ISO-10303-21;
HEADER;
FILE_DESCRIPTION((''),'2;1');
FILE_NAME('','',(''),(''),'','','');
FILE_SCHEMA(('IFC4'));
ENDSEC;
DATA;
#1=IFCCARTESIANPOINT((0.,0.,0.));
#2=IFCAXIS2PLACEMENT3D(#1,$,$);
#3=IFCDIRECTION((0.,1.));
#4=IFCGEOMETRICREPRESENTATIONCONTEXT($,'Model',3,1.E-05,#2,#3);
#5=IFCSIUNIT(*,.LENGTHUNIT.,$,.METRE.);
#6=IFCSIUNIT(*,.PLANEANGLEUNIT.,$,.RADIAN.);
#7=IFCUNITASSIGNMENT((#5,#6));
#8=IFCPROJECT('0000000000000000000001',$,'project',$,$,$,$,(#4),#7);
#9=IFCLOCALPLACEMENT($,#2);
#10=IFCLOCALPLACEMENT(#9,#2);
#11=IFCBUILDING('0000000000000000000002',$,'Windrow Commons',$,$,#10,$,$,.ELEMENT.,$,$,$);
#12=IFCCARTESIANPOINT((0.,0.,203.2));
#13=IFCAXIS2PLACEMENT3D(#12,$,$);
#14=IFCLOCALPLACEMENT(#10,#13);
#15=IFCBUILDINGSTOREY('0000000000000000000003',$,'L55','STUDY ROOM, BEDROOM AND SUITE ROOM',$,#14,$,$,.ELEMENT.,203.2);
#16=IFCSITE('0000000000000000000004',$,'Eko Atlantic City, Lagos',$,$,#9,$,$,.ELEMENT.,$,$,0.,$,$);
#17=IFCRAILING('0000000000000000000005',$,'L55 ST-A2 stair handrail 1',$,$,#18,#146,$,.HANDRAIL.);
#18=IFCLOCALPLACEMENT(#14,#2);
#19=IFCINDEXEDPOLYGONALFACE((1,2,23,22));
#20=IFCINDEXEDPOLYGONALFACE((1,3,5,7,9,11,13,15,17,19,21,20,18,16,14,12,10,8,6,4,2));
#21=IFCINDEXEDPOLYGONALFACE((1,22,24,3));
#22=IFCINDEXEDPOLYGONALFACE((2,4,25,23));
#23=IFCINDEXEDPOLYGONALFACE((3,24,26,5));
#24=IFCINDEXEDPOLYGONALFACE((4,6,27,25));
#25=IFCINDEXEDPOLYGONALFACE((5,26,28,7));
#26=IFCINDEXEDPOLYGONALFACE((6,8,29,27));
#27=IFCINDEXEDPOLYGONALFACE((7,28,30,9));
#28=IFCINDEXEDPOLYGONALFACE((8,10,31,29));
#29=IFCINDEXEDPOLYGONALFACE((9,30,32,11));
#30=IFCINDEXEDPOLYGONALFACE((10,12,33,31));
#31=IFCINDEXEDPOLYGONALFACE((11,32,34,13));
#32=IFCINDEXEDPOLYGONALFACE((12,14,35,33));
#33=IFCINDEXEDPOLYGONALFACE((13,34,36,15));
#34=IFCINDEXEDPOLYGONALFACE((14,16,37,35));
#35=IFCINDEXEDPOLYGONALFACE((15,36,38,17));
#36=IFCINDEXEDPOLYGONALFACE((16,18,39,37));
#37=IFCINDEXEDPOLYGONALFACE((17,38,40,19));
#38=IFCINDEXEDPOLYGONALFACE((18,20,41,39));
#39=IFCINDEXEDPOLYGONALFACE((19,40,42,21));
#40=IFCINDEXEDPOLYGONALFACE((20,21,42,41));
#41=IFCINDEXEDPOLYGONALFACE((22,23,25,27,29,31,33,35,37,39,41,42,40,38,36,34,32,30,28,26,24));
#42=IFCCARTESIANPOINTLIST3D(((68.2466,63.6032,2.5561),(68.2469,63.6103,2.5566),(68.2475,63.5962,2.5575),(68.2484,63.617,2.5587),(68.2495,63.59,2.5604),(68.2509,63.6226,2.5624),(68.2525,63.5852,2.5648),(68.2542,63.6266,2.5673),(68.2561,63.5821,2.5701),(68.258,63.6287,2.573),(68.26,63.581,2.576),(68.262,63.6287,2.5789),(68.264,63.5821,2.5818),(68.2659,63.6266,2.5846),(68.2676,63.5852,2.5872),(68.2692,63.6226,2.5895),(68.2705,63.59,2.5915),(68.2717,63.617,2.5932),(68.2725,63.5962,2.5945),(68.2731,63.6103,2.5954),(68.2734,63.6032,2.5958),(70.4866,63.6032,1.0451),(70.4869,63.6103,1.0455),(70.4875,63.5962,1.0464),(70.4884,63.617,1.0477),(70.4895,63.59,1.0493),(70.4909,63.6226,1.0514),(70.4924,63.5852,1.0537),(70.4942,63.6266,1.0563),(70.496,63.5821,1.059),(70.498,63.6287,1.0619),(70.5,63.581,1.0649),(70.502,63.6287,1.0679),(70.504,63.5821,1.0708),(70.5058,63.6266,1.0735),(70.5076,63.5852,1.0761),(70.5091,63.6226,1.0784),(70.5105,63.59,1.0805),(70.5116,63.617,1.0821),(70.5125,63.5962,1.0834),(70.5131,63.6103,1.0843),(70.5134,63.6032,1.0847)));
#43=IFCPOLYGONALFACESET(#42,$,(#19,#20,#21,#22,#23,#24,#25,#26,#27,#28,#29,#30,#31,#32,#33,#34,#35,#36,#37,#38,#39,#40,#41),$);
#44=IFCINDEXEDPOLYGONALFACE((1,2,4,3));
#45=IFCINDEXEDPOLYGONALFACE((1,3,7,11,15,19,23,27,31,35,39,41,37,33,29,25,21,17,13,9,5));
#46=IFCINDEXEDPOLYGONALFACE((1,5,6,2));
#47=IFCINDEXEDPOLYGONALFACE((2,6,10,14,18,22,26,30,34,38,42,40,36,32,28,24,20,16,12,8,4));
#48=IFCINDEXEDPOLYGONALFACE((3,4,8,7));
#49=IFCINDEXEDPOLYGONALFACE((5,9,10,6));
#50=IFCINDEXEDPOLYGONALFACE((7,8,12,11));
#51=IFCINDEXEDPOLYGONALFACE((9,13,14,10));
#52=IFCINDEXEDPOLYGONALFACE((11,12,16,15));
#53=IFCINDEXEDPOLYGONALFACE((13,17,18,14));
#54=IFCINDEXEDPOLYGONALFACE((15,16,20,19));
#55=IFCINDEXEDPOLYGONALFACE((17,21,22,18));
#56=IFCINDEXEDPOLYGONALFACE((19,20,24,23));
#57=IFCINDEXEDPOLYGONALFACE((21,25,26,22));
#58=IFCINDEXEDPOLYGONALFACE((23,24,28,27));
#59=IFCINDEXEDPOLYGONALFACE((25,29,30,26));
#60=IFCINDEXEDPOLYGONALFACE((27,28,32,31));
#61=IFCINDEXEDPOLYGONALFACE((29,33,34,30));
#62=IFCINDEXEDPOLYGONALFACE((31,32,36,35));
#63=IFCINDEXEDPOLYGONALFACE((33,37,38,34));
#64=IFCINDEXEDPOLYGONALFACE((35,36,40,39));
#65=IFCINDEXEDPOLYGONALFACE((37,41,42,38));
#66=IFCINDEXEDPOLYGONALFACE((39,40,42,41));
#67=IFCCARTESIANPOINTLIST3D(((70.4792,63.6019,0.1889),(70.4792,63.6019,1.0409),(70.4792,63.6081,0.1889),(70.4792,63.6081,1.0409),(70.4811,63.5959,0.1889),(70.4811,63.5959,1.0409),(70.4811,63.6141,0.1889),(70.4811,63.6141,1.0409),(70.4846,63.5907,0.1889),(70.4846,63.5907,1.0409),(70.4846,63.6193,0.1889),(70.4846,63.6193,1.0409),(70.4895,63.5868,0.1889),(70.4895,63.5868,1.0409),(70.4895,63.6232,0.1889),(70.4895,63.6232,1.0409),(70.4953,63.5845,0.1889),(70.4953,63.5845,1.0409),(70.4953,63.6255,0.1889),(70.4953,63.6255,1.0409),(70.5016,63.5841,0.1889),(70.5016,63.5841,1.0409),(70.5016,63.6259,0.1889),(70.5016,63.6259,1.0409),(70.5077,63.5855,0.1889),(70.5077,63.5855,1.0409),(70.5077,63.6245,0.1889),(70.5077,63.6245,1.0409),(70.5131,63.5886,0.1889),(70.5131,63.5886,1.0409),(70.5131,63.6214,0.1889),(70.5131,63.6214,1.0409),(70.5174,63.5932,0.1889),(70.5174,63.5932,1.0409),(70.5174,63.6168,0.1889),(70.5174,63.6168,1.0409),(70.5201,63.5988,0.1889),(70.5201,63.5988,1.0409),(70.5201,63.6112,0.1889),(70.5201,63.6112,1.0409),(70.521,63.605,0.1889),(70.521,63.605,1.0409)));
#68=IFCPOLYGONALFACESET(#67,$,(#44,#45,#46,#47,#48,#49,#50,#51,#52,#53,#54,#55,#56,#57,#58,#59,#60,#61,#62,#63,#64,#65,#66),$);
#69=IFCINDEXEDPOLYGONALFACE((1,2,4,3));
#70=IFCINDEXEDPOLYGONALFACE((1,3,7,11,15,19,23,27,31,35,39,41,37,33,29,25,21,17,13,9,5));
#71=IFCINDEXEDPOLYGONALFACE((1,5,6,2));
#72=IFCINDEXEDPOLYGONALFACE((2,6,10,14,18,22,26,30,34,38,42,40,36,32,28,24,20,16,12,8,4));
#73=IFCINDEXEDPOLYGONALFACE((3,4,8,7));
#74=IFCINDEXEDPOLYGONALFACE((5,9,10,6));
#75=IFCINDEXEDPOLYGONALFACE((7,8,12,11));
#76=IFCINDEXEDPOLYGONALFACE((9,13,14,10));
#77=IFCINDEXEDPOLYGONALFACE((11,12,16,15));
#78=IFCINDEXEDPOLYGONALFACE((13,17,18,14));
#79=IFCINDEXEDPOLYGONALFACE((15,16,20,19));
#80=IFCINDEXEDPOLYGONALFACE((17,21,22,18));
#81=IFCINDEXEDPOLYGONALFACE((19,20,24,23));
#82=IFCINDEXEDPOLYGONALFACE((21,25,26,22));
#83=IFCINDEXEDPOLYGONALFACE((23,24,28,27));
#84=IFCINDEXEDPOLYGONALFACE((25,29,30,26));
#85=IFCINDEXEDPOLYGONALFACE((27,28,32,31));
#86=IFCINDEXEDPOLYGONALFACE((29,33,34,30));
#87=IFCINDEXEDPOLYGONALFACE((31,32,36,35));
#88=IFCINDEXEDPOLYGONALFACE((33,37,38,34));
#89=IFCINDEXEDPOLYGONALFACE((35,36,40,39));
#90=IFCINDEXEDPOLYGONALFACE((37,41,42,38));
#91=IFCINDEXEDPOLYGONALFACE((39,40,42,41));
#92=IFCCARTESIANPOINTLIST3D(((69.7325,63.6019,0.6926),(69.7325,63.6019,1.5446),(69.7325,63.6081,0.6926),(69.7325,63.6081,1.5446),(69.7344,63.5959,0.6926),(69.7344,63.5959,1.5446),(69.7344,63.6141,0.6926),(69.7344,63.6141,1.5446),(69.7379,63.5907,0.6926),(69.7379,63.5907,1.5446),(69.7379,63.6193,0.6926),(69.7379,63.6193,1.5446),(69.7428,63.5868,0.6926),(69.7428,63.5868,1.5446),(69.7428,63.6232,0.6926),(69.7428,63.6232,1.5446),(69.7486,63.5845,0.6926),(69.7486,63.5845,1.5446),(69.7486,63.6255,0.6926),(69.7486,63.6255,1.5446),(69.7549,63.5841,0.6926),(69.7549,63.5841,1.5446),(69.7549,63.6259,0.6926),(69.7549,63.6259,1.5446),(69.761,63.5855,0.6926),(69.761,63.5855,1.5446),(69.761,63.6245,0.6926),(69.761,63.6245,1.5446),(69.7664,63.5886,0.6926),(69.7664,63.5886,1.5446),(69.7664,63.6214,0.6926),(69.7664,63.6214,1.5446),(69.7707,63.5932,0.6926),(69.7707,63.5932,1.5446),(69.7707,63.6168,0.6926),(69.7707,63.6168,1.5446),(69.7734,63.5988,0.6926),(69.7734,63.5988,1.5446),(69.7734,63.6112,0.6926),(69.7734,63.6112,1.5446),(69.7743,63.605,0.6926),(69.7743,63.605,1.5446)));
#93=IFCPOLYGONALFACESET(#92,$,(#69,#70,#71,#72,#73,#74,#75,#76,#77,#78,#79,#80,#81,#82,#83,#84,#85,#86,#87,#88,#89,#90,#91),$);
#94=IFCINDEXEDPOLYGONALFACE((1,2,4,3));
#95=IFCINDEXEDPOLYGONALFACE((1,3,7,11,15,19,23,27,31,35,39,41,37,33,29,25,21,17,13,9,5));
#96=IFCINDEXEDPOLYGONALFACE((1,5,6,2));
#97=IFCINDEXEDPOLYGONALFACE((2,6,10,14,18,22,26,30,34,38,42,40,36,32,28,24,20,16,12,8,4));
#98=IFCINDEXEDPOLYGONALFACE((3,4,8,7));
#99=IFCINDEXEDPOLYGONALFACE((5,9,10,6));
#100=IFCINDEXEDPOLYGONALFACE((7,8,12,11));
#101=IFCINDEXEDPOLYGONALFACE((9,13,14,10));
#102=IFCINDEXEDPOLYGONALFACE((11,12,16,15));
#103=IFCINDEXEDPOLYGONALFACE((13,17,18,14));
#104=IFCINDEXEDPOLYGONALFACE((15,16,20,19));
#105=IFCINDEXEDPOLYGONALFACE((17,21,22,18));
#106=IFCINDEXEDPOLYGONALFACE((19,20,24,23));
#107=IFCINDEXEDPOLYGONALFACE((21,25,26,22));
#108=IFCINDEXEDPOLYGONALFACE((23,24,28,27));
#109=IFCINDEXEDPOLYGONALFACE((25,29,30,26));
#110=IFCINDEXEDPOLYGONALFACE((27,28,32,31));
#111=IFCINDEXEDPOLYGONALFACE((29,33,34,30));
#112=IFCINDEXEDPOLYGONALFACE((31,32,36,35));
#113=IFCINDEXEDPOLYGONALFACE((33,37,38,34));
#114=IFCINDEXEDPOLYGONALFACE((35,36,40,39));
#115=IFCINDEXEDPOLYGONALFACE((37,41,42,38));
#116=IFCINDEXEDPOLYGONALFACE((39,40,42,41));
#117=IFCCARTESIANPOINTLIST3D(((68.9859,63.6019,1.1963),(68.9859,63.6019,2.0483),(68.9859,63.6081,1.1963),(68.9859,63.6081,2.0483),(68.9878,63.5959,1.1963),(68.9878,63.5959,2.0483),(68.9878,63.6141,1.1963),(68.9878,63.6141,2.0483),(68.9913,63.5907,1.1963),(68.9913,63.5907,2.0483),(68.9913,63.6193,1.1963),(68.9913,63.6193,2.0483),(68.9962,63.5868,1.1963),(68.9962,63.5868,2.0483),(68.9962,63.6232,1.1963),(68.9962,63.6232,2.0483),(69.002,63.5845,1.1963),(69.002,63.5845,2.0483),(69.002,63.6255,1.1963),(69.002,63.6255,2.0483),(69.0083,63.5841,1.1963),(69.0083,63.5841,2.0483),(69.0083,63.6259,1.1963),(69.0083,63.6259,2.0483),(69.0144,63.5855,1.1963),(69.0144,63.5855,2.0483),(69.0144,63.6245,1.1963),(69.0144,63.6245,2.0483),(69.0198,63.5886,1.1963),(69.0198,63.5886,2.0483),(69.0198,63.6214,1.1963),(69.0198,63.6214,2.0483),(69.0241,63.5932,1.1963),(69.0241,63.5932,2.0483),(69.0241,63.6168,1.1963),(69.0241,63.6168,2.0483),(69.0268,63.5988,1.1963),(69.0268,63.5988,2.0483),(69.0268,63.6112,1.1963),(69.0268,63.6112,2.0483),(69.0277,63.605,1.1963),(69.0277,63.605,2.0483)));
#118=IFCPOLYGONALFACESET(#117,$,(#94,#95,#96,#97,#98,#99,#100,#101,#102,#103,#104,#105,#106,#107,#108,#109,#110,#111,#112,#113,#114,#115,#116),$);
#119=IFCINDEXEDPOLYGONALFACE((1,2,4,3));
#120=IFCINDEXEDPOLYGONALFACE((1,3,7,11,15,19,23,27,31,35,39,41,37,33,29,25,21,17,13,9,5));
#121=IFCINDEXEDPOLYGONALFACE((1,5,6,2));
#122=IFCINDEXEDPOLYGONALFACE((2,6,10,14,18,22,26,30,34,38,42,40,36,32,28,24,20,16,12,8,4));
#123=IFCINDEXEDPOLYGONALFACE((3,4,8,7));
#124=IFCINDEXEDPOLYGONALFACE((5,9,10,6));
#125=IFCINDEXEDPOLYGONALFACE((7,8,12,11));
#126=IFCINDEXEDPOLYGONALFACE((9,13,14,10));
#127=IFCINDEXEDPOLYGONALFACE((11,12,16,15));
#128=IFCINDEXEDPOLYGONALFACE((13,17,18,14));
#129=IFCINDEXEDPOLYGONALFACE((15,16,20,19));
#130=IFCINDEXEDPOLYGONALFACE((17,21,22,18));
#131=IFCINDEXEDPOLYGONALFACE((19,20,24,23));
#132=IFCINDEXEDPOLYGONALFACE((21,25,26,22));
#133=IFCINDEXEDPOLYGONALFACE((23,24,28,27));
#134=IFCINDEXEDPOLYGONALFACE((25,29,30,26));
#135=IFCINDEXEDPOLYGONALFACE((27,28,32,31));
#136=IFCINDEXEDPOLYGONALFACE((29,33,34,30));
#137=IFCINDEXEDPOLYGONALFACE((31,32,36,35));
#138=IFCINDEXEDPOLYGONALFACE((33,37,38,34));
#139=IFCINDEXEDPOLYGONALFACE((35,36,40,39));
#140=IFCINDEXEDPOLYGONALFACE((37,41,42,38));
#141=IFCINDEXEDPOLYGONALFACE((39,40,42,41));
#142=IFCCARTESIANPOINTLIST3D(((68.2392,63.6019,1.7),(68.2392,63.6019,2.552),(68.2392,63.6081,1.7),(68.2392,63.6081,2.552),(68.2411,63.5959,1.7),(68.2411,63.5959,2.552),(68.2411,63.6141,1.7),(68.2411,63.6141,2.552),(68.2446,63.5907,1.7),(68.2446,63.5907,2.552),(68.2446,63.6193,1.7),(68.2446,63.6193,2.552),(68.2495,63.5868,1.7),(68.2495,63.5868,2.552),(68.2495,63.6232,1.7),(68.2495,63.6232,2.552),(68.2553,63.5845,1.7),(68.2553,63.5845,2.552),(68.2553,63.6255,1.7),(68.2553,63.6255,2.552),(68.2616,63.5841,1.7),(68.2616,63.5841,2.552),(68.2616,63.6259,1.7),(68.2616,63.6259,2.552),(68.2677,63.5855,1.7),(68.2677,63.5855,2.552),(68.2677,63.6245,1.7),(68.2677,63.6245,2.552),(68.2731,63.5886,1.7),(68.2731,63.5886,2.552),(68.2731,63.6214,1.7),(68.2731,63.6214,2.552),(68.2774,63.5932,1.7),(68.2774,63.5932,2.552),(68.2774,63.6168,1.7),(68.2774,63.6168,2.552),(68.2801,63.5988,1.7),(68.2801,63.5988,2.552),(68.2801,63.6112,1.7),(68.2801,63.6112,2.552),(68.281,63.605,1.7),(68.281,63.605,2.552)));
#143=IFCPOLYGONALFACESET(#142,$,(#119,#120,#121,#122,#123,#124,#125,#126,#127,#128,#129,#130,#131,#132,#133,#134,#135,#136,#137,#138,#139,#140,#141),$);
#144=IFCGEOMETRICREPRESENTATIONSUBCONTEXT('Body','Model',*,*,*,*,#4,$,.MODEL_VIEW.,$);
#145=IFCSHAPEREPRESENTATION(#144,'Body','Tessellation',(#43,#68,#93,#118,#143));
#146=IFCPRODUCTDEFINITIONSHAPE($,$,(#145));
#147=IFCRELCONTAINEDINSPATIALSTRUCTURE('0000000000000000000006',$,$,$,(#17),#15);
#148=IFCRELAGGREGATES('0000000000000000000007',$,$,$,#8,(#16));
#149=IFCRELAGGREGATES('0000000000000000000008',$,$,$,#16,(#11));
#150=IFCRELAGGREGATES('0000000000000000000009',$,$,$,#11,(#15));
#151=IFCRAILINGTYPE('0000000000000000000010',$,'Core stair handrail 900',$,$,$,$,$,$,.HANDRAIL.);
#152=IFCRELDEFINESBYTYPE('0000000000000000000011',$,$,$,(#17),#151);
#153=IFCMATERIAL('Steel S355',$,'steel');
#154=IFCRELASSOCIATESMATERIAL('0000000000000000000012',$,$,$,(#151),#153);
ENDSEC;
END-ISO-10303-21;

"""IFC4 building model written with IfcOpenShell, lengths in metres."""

from ifc_helpers import new_model, si_unit, direction, frame, origin, origin_2d, place, context, subcontext, project, spatial, circle, extrude, material, type_object, element, save


model = new_model("IFC4")

# Units and contexts
model_context = context("Model", 3, precision=1e-05, world=origin(), true_north=direction((0.0, 1.0)))
body_context = subcontext(model_context, "Body", "Model", "MODEL_VIEW")
ifc_project = project(units=[si_unit("LENGTHUNIT", "METRE"), si_unit("PLANEANGLEUNIT", "RADIAN")], contexts=[model_context])

# Site, building, storey
site_placement = place(None, origin())
site = spatial("IfcSite", under=ifc_project, at=site_placement, Name="Eko Atlantic City, Lagos", CompositionType="ELEMENT", RefElevation=0.0)
building_placement = place(site_placement, origin())
building = spatial("IfcBuilding", under=site, at=building_placement, Name="Windrow Commons", CompositionType="ELEMENT")
storey_placement = place(building_placement, frame((0.0, 0.0, 203.2)))
storey = spatial("IfcBuildingStorey", under=building, at=storey_placement, Name="L55", Description="STUDY ROOM, BEDROOM AND SUITE ROOM", CompositionType="ELEMENT", Elevation=203.2)

# Railing
ifc_material_1 = material(Name="Steel S355", Category="steel")
railing_type_1 = type_object("IfcRailingType", Name="Core stair handrail 900", PredefinedType="HANDRAIL", material=ifc_material_1)
railing_1_placement = place(storey_placement, frame((70.5, 63.605, 0.1889)))
element("IfcRailing", 1, at=railing_1_placement, inside=storey, type_object=railing_type_1, Name="L55 ST-A2 stair handrail 1", PredefinedType="HANDRAIL", context=body_context, shape_type="SweptSolid", body=[
    extrude(circle(Radius=0.024, at=origin_2d()), frame((0.0, 0.0, 0.876), z_axis=(-0.829003, 0.0, 0.559244), x_axis=(0.0, -1.0, 0.0)), (0.0, 0.0, 1.0), 2.702),
    extrude(circle(Radius=0.021, at=origin_2d()), origin(), (0.0, 0.0, 1.0), 0.852),
    extrude(circle(Radius=0.021, at=origin_2d()), frame((-0.7467, 0.0, 0.5037)), (0.0, 0.0, 1.0), 0.852),
    extrude(circle(Radius=0.021, at=origin_2d()), frame((-1.4933, 0.0, 1.0074)), (0.0, 0.0, 1.0), 0.852),
    extrude(circle(Radius=0.021, at=origin_2d()), frame((-2.24, 0.0, 1.5111)), (0.0, 0.0, 1.0), 0.852),
])

save(model, "model.ifc")
